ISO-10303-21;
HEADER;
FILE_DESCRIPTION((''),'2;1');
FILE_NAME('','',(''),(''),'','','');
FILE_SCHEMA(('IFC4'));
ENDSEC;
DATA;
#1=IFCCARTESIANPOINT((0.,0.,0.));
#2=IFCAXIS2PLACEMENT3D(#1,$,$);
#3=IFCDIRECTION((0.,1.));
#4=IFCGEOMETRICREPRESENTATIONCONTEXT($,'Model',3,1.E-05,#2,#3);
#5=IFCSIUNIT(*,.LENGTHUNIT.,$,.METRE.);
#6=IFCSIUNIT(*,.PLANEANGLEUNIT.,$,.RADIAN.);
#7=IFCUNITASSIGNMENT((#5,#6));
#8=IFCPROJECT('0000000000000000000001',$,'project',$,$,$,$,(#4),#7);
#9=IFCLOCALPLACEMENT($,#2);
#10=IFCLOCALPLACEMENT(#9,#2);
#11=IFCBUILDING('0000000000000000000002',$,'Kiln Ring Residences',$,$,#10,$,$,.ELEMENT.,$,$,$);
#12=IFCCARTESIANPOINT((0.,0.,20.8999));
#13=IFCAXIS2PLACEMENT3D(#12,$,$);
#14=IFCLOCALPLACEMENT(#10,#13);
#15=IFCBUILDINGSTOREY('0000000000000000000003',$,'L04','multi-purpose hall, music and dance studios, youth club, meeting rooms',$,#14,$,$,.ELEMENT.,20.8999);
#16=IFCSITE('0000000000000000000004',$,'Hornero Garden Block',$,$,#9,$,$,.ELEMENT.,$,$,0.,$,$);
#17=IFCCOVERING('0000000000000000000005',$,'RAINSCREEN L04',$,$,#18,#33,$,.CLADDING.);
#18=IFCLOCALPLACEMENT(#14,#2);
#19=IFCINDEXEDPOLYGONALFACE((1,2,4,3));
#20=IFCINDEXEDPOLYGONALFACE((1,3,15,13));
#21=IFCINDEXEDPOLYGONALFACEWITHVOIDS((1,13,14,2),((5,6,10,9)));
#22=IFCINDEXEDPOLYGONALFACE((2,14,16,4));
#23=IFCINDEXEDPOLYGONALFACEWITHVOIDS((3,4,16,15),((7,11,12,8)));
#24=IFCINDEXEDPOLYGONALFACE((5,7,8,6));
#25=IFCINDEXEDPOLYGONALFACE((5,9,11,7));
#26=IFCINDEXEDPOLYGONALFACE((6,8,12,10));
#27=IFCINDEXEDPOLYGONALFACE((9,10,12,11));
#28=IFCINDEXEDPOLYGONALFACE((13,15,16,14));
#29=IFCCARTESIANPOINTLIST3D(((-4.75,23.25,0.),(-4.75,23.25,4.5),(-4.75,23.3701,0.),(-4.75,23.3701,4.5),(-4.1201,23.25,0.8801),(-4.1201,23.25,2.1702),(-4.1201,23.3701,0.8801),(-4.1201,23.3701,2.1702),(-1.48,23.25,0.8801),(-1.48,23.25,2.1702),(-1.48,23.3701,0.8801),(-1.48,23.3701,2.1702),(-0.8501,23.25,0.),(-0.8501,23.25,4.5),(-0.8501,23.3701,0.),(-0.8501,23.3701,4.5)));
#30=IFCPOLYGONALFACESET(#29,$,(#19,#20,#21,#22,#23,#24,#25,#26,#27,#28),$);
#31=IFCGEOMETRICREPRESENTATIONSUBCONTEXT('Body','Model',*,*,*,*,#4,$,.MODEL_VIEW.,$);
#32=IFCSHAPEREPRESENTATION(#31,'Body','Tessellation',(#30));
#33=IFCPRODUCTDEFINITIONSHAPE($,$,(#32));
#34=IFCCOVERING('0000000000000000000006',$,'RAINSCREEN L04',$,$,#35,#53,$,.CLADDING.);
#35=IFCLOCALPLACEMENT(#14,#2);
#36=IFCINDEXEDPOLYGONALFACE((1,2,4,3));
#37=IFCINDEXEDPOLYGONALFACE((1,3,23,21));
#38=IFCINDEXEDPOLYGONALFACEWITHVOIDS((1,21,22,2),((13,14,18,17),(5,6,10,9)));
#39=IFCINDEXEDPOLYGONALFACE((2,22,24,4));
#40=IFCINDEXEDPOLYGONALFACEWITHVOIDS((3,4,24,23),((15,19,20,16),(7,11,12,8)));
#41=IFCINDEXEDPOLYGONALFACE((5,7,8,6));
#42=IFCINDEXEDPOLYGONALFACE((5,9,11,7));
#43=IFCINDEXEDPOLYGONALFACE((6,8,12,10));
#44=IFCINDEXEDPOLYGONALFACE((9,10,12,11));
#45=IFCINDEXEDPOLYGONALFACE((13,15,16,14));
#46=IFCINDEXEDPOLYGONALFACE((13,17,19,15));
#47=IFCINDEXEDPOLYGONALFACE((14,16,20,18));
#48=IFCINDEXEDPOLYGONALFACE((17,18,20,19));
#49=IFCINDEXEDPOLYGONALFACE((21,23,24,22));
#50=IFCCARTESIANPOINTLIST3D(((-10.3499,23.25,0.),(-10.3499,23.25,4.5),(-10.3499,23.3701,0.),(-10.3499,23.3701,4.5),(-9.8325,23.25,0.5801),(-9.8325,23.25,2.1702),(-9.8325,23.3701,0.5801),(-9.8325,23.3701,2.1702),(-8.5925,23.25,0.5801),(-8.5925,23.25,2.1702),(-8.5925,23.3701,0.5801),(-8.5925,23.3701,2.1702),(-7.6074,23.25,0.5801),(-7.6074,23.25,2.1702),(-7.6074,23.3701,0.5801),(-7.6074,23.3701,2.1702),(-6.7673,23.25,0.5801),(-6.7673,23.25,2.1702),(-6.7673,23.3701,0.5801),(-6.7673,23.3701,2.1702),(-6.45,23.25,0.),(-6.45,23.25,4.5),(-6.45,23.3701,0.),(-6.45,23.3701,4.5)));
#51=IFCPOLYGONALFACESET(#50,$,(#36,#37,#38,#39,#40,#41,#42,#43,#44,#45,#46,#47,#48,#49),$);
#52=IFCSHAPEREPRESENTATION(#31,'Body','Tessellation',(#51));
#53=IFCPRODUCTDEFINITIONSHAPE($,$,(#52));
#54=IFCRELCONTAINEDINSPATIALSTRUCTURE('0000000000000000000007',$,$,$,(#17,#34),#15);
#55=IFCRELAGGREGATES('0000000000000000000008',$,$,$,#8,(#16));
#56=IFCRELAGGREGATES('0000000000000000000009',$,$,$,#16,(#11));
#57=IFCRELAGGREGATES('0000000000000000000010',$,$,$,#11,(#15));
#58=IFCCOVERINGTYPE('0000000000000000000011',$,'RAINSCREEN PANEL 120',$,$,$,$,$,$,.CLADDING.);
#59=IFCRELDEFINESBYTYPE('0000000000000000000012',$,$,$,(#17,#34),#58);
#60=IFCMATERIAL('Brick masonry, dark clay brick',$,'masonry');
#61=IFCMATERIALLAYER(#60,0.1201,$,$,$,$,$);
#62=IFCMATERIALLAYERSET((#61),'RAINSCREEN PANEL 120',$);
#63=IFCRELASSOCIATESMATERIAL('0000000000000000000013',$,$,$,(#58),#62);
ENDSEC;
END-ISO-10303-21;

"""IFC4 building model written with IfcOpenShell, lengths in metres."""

from ifc_helpers import new_model, si_unit, direction, frame, origin, place, context, subcontext, project, spatial, polyline, outline, extrude, material, layer, layer_set, type_object, element, save


model = new_model("IFC4")

# Units and contexts
model_context = context("Model", 3, precision=1e-05, world=origin(), true_north=direction((0.0, 1.0)))
body_context = subcontext(model_context, "Body", "Model", "MODEL_VIEW")
ifc_project = project(units=[si_unit("LENGTHUNIT", "METRE"), si_unit("PLANEANGLEUNIT", "RADIAN")], contexts=[model_context])

# Site, building, storey
site_placement = place(None, origin())
site = spatial("IfcSite", under=ifc_project, at=site_placement, Name="Hornero Garden Block", CompositionType="ELEMENT", RefElevation=0.0)
building_placement = place(site_placement, origin())
building = spatial("IfcBuilding", under=site, at=building_placement, Name="Kiln Ring Residences", CompositionType="ELEMENT")
storey_placement = place(building_placement, frame((0.0, 0.0, 20.8999)))
storey = spatial("IfcBuildingStorey", under=building, at=storey_placement, Name="L04", Description="multi-purpose hall, music and dance studios, youth club, meeting rooms", CompositionType="ELEMENT", Elevation=20.8999)

# Coverings
ifc_material_1 = material(Name="Brick masonry, dark clay brick", Category="masonry")
ifc_layer_1 = layer(ifc_material_1, 0.1201)
ifc_layer_set_1 = layer_set([ifc_layer_1], Name="RAINSCREEN PANEL 120")
covering_type = type_object("IfcCoveringType", Name="RAINSCREEN PANEL 120", PredefinedType="CLADDING", material=ifc_layer_set_1)
covering_1_placement = place(storey_placement, frame((-0.8501, 23.3101, 0.0), z_axis=(0.0, 0.0, 1.0), x_axis=(-1.0, 0.0, 0.0)))
element("IfcCovering", 1, at=covering_1_placement, inside=storey, type_object=covering_type, Name="RAINSCREEN L04", PredefinedType="CLADDING", context=body_context, shape_type="SweptSolid", body=[
    extrude(outline(polyline([(0.0, 0.0), (3.8999, 0.0), (3.8999, 4.5), (0.0, 4.5), (0.0, 0.0)]), holes=[polyline([(0.6299, 2.1702), (0.6299, 0.8801), (3.27, 0.8801), (3.27, 2.1702), (0.6299, 2.1702)])]), frame((0.0, 0.0601, 0.0), z_axis=(0.0, -1.0, 0.0), x_axis=(1.0, 0.0, 0.0)), (0.0, 0.0, 1.0), 0.1201),
])
covering_2_placement = place(storey_placement, frame((-6.45, 23.3101, 0.0), z_axis=(0.0, 0.0, 1.0), x_axis=(-1.0, 0.0, 0.0)))
element("IfcCovering", 2, at=covering_2_placement, inside=storey, type_object=covering_type, Name="RAINSCREEN L04", PredefinedType="CLADDING", context=body_context, shape_type="SweptSolid", body=[
    extrude(outline(polyline([(0.0, 0.0), (3.8999, 0.0), (3.8999, 4.5), (0.0, 4.5), (0.0, 0.0)]), holes=[polyline([(1.1575, 2.1702), (0.3174, 2.1702), (0.3174, 0.5801), (1.1575, 0.5801), (1.1575, 2.1702)]), polyline([(3.3826, 2.1702), (2.1426, 2.1702), (2.1426, 0.5801), (3.3826, 0.5801), (3.3826, 2.1702)])]), frame((0.0, 0.0601, 0.0), z_axis=(0.0, -1.0, 0.0), x_axis=(1.0, 0.0, 0.0)), (0.0, 0.0, 1.0), 0.1201),
])

save(model, "model.ifc")
